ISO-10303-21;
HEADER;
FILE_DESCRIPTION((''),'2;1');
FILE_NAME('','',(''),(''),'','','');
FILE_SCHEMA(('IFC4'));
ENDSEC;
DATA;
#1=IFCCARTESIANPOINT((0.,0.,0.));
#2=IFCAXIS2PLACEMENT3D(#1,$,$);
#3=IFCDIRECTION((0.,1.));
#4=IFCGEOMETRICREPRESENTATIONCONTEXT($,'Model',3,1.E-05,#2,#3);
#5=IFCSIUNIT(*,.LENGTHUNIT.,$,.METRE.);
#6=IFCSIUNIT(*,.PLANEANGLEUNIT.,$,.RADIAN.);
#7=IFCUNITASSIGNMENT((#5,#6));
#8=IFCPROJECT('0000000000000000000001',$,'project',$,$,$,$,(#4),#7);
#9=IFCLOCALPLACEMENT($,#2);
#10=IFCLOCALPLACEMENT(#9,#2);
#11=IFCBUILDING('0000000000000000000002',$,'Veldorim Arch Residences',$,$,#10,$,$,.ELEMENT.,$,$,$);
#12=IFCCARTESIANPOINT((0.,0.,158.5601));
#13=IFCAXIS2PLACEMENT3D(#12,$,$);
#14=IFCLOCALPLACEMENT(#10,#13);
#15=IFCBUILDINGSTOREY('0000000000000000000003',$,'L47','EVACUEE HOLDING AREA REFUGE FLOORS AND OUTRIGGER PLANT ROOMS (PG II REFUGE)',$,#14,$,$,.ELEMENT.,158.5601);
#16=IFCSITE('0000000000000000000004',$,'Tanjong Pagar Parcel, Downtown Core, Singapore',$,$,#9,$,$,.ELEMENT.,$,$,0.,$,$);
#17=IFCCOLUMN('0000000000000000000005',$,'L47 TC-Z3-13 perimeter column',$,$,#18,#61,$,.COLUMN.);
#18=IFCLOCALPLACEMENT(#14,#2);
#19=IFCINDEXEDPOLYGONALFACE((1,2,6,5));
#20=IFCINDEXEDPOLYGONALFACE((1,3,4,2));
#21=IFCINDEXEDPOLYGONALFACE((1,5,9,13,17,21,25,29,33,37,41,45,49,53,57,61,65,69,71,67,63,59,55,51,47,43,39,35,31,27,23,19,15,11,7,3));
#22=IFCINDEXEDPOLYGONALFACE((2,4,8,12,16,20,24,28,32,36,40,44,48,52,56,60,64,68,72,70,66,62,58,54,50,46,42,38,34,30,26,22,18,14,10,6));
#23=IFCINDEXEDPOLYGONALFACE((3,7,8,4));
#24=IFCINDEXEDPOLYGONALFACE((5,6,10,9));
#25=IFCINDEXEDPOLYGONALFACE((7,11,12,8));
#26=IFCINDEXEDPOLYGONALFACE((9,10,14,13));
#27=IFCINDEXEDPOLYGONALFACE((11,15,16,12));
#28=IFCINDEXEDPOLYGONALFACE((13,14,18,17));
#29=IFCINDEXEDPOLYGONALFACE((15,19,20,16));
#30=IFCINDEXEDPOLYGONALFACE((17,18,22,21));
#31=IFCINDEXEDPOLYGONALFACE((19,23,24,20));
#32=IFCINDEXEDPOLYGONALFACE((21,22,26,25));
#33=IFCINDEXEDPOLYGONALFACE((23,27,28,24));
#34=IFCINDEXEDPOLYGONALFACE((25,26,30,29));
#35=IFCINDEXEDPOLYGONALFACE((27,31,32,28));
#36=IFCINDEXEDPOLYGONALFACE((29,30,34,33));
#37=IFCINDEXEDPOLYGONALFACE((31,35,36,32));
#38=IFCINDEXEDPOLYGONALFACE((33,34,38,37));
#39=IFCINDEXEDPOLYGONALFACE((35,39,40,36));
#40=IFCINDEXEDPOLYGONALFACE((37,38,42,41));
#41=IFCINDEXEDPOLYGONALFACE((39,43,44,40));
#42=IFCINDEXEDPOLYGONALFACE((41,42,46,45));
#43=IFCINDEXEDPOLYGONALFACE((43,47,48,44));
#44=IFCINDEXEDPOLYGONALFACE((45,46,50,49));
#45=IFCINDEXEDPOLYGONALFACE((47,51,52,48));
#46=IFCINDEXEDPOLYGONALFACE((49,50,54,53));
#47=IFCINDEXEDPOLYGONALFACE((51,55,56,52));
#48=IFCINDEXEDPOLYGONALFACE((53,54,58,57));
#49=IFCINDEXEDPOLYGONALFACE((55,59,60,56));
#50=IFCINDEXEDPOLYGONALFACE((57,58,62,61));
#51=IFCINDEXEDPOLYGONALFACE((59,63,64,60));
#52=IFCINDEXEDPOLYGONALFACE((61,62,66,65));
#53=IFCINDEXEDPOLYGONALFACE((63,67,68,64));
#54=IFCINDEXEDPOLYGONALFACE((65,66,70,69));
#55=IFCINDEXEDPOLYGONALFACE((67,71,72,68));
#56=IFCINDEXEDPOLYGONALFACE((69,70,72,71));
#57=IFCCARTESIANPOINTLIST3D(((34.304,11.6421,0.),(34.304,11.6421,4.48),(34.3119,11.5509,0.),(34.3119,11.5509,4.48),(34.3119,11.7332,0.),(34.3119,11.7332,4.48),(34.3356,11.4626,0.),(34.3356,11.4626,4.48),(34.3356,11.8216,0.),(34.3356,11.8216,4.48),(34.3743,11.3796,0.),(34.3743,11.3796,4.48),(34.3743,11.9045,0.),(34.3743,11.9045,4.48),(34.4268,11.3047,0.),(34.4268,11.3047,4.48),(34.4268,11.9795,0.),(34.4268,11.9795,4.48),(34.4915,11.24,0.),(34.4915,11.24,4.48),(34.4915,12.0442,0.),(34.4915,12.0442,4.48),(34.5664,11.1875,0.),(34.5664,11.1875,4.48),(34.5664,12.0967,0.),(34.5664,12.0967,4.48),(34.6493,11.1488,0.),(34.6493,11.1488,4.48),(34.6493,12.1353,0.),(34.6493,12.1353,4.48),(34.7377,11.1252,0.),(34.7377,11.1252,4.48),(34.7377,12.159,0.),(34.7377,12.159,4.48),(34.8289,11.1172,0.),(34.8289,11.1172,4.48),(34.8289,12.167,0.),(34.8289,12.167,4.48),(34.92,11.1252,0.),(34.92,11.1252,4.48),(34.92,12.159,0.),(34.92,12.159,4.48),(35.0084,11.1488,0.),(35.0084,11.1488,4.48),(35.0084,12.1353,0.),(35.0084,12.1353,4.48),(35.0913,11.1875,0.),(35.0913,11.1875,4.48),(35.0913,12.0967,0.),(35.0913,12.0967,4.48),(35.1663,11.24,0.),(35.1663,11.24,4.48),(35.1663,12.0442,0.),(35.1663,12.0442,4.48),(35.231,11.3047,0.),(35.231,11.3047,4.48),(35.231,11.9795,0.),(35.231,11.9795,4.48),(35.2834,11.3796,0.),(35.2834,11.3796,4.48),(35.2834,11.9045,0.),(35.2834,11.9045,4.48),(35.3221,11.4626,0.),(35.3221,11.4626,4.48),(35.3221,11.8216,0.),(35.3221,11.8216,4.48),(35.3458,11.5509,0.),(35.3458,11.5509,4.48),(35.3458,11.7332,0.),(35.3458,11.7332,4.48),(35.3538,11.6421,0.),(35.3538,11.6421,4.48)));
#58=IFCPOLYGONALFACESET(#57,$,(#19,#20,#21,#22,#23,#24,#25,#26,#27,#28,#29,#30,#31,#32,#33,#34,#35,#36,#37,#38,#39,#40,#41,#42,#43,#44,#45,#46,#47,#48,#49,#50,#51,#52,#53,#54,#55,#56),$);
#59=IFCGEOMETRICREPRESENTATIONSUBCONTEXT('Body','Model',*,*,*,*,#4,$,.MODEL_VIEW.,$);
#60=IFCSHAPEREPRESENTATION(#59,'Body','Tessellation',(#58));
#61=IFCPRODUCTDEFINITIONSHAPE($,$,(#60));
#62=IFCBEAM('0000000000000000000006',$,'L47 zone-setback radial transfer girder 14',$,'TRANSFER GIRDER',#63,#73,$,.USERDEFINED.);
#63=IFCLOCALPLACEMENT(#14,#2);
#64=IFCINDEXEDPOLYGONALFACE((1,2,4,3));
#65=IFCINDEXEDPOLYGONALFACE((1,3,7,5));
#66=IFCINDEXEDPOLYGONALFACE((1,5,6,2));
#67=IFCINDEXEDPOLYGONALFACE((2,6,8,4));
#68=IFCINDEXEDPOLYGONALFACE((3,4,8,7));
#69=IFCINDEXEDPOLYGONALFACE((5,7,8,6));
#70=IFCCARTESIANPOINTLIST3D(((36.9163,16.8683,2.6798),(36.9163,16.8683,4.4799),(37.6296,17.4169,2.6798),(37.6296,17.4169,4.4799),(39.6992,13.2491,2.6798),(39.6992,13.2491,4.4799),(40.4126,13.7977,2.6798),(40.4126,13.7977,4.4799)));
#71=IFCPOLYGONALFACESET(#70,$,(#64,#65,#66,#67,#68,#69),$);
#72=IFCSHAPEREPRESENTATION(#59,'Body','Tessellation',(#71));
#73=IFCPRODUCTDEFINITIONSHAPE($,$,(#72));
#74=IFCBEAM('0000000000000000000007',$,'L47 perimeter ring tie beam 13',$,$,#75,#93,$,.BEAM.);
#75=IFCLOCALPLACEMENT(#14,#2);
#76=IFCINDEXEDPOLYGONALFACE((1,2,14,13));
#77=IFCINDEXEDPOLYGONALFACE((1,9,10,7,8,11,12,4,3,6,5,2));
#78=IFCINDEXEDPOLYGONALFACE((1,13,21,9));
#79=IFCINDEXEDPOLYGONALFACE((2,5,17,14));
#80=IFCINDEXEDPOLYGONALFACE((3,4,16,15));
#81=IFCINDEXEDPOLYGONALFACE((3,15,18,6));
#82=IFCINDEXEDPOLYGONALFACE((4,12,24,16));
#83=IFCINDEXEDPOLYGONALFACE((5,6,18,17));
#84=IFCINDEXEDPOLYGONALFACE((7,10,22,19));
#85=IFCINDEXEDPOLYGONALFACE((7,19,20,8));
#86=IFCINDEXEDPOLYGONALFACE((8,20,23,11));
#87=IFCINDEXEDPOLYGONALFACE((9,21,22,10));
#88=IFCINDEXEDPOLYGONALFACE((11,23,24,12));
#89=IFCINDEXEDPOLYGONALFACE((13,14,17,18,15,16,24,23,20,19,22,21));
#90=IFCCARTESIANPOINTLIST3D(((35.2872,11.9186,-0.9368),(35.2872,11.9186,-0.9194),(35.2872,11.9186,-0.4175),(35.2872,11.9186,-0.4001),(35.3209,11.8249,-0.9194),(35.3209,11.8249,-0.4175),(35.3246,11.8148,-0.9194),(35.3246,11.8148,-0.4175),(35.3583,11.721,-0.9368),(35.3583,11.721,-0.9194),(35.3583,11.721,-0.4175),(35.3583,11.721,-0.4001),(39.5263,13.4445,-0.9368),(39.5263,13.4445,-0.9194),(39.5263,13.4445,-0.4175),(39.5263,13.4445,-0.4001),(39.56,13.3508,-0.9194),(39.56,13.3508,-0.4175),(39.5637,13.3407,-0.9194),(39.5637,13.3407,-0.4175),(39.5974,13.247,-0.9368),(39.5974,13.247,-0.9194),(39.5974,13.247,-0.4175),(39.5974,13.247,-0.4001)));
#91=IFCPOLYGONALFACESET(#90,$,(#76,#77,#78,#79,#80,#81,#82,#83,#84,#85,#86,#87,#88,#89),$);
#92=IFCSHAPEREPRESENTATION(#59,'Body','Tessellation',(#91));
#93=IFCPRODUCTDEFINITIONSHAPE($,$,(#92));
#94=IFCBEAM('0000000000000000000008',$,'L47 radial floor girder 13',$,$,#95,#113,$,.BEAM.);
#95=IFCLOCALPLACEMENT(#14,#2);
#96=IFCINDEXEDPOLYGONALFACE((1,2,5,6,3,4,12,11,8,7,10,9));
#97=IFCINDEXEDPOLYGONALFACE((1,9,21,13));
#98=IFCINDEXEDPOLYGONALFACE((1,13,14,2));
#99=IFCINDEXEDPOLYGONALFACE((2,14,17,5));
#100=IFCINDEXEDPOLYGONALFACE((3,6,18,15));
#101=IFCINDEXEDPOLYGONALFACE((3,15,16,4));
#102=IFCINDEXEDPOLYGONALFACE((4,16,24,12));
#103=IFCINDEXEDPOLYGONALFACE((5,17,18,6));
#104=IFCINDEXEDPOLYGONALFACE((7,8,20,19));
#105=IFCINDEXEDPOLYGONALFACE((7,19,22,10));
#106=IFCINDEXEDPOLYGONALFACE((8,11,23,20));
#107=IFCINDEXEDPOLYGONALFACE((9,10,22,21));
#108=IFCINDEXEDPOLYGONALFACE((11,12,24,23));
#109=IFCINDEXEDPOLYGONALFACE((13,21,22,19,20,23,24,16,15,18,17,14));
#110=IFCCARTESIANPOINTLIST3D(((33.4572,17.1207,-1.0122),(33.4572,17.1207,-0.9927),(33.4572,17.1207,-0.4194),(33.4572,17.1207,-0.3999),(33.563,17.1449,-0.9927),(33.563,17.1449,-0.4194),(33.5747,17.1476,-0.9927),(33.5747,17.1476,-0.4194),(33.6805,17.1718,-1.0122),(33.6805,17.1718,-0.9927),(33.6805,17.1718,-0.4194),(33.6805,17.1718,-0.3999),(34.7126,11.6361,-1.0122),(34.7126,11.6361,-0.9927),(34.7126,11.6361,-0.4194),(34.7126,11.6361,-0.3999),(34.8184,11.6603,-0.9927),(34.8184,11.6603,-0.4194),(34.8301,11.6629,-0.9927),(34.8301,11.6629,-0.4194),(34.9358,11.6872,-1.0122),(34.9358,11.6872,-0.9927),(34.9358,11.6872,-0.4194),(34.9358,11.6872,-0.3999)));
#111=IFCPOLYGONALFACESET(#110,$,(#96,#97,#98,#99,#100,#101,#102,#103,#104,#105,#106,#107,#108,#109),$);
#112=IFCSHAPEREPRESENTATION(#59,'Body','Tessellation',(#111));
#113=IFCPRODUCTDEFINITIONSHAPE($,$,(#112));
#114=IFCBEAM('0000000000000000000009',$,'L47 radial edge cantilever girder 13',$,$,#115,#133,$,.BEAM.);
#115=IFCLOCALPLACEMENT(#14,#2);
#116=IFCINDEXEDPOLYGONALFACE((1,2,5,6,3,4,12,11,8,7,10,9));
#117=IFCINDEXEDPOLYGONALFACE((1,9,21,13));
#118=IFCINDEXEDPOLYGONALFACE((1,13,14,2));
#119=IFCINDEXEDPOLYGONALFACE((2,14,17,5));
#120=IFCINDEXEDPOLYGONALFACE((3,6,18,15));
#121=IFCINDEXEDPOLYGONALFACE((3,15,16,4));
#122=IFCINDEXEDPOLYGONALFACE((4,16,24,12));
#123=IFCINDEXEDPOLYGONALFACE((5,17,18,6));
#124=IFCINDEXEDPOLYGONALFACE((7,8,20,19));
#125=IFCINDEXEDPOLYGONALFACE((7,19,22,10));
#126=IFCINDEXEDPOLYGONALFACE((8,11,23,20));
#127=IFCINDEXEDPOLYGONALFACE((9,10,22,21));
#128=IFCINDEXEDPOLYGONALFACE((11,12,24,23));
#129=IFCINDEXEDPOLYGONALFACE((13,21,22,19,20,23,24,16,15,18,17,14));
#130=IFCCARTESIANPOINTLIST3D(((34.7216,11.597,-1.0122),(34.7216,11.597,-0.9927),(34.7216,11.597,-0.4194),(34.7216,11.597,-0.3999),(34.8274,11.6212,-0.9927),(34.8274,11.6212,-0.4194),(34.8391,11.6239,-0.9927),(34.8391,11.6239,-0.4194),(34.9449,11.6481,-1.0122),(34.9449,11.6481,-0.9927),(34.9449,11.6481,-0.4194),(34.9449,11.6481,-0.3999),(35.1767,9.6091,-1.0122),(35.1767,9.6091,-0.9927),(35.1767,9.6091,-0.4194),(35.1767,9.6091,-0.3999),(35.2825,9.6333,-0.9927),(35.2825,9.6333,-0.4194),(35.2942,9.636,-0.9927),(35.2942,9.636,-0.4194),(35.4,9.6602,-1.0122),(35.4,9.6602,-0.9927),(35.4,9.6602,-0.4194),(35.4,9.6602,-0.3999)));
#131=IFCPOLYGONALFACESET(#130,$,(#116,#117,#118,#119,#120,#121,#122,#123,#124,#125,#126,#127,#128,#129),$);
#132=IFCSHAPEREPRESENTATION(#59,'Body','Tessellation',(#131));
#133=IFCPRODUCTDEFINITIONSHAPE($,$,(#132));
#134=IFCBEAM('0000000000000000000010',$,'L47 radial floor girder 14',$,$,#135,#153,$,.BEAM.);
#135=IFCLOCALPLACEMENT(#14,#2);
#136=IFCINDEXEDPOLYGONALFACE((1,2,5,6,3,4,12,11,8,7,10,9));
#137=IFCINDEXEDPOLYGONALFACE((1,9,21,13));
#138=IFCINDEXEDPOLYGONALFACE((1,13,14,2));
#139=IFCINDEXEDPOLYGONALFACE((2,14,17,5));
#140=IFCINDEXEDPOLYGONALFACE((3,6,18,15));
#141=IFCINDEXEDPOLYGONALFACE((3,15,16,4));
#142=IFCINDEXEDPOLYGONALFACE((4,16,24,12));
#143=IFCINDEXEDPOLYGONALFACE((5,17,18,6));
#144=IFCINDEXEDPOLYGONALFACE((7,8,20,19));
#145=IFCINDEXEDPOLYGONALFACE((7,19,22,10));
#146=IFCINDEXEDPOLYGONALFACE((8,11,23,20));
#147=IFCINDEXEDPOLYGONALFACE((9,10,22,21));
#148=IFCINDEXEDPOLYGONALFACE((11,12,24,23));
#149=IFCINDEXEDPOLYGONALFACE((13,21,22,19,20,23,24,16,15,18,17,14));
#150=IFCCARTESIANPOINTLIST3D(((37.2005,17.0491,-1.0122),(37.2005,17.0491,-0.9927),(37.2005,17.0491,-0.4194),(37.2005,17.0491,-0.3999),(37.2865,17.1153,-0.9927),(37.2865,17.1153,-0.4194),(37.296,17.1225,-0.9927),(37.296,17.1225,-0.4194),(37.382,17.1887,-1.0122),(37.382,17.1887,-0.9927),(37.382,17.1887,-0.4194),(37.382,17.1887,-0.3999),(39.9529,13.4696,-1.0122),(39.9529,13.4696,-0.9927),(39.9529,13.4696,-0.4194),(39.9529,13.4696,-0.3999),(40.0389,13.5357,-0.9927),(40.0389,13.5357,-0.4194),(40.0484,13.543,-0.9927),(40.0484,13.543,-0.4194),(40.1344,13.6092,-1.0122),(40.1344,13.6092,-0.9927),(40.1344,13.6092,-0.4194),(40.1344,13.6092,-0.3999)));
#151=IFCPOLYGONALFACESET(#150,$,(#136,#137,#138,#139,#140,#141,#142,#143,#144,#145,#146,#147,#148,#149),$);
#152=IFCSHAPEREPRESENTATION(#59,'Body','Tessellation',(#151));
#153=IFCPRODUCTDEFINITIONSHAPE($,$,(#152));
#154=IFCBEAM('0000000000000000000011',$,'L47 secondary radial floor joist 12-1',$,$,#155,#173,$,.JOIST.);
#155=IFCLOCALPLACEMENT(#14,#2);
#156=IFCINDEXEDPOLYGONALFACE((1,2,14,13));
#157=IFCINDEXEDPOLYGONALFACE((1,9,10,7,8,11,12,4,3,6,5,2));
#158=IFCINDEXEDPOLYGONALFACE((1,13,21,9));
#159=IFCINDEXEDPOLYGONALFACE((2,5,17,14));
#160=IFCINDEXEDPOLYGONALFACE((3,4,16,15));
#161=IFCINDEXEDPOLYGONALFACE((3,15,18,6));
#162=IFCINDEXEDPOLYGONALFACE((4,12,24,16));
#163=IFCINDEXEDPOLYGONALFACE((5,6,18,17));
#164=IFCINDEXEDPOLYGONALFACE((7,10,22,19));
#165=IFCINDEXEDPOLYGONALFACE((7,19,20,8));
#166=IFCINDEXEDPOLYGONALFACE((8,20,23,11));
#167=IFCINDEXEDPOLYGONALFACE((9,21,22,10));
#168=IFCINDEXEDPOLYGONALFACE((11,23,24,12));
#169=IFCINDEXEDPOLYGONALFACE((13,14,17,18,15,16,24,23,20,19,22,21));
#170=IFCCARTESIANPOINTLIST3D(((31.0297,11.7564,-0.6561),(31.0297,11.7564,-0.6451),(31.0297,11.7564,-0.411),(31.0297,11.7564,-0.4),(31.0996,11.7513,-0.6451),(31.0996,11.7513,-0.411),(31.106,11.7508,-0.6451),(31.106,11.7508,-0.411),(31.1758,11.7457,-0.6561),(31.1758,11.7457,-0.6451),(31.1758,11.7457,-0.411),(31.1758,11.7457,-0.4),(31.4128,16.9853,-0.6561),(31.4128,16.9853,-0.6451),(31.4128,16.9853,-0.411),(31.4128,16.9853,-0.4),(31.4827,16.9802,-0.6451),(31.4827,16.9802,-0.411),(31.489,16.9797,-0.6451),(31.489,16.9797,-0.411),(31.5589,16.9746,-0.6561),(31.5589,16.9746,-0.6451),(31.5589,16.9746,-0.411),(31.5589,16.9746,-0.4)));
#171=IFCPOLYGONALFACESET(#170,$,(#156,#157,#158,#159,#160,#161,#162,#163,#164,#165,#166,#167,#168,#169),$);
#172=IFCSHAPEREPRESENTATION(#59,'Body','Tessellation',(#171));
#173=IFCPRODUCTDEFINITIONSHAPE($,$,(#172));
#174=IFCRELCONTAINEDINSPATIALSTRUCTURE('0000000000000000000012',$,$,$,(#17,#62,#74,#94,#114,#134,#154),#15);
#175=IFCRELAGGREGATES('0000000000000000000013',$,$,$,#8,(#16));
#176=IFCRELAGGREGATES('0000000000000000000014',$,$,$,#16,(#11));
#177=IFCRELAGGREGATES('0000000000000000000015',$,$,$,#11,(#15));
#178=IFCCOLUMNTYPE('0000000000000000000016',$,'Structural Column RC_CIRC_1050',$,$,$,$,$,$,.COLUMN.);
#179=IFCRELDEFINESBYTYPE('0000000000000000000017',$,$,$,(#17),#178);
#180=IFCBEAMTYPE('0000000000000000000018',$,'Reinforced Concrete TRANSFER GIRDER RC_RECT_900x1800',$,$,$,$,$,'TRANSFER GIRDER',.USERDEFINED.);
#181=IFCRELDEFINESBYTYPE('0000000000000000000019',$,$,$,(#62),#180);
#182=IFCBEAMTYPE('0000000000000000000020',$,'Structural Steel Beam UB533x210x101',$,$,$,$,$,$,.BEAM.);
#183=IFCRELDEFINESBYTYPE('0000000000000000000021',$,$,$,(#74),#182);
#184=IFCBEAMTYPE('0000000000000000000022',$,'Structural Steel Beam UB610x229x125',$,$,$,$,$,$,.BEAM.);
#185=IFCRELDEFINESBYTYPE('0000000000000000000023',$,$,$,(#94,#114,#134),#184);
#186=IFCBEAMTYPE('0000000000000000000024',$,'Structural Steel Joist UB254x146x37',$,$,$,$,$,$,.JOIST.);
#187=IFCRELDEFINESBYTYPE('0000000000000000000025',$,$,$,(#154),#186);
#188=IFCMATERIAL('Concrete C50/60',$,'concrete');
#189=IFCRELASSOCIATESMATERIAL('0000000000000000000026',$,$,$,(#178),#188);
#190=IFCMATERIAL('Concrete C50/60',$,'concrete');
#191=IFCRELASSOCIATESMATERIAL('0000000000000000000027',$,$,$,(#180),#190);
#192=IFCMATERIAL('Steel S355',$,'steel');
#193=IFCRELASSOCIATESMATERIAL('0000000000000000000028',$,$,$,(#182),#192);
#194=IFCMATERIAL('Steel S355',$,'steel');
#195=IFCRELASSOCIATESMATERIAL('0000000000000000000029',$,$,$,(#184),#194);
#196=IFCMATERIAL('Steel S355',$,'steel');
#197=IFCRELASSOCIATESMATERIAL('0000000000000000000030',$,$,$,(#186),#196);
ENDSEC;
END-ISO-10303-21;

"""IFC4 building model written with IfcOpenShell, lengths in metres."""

from ifc_helpers import new_model, si_unit, direction, frame, origin, origin_2d, place, context, subcontext, project, spatial, rectangle, circle, i_section, extrude, material, material_profile, profile_set, type_object, element, save


model = new_model("IFC4")

# Units and contexts
model_context = context("Model", 3, precision=1e-05, world=origin(), true_north=direction((0.0, 1.0)))
body_context = subcontext(model_context, "Body", "Model", "MODEL_VIEW")
ifc_project = project(units=[si_unit("LENGTHUNIT", "METRE"), si_unit("PLANEANGLEUNIT", "RADIAN")], contexts=[model_context])

# Site, building, storey
site_placement = place(None, origin())
site = spatial("IfcSite", under=ifc_project, at=site_placement, Name="Tanjong Pagar Parcel, Downtown Core, Singapore", CompositionType="ELEMENT", RefElevation=0.0)
building_placement = place(site_placement, origin())
building = spatial("IfcBuilding", under=site, at=building_placement, Name="Veldorim Arch Residences", CompositionType="ELEMENT")
storey_placement = place(building_placement, frame((0.0, 0.0, 158.5601)))
storey = spatial("IfcBuildingStorey", under=building, at=storey_placement, Name="L47", Description="EVACUEE HOLDING AREA REFUGE FLOORS AND OUTRIGGER PLANT ROOMS (PG II REFUGE)", CompositionType="ELEMENT", Elevation=158.5601)

# Column
ifc_material_1 = material(Name="Concrete C50/60", Category="concrete")
ifc_material_profile_1 = material_profile(ifc_material_1, circle(Radius=0.5249, at=origin_2d()), Name="RC_CIRC_1050")
ifc_profile_set_1 = profile_set([ifc_material_profile_1], Name="Concrete C50/60")
column_type = type_object("IfcColumnType", Name="Structural Column RC_CIRC_1050", PredefinedType="COLUMN", material=ifc_profile_set_1)
column_placement = place(storey_placement, frame((34.8289, 11.6421, 0.0), z_axis=(0.0, 0.0, 1.0), x_axis=(1.0, 0.0, 0.0)))
element("IfcColumn", 1, at=column_placement, inside=storey, type_object=column_type, Name="L47 TC-Z3-13 perimeter column", PredefinedType="COLUMN", context=body_context, shape_type="SweptSolid", body=[
    extrude(circle(Radius=0.5249, at=origin_2d()), origin(), (0.0, 0.0, 1.0), 4.48),
])

# Beams
ifc_material_2 = material(Name="Concrete C50/60", Category="concrete")
ifc_material_profile_2 = material_profile(ifc_material_2, rectangle(XDim=0.8999, YDim=1.8, at=origin_2d()), Name="RC_RECT_900x1800")
ifc_profile_set_2 = profile_set([ifc_material_profile_2], Name="Concrete C50/60")
beam_type_1 = type_object("IfcBeamType", Name="Reinforced Concrete TRANSFER GIRDER RC_RECT_900x1800", ElementType="TRANSFER GIRDER", PredefinedType="USERDEFINED", material=ifc_profile_set_2)
beam_1_placement = place(storey_placement, frame((37.2729, 17.1426, 3.5798), z_axis=(0.609574, -0.792729, 0.0), x_axis=(0.792729, 0.609574, 0.0)))
element("IfcBeam", 2, at=beam_1_placement, inside=storey, type_object=beam_type_1, Name="L47 zone-setback radial transfer girder 14", ObjectType="TRANSFER GIRDER", PredefinedType="USERDEFINED", context=body_context, shape_type="SweptSolid", body=[
    extrude(rectangle(XDim=0.8999, YDim=1.8, at=origin_2d()), origin(), (0.0, 0.0, 1.0), 4.5654),
])
ifc_material_3 = material(Name="Steel S355", Category="steel")
ifc_material_profile_3 = material_profile(ifc_material_3, i_section(OverallWidth=0.21, OverallDepth=0.5366, WebThickness=0.0107, FlangeThickness=0.0173, at=origin_2d()), Name="UB533x210x101")
ifc_profile_set_3 = profile_set([ifc_material_profile_3], Name="Steel S355")
beam_type_2 = type_object("IfcBeamType", Name="Structural Steel Beam UB533x210x101", PredefinedType="BEAM", material=ifc_profile_set_3)
beam_2_placement = place(storey_placement, frame((35.3228, 11.8198, -0.6685), z_axis=(0.940899, 0.338687, 0.0), x_axis=(-0.338687, 0.940899, 0.0)))
element("IfcBeam", 3, at=beam_2_placement, inside=storey, type_object=beam_type_2, Name="L47 perimeter ring tie beam 13", PredefinedType="BEAM", context=body_context, shape_type="SweptSolid", body=[
    extrude(i_section(OverallWidth=0.21, OverallDepth=0.5366, WebThickness=0.0107, FlangeThickness=0.0173, at=origin_2d()), origin(), (0.0, 0.0, 1.0), 4.5054),
])
ifc_material_4 = material(Name="Steel S355", Category="steel")
ifc_material_profile_4 = material_profile(ifc_material_4, i_section(OverallWidth=0.229, OverallDepth=0.6123, WebThickness=0.012, FlangeThickness=0.0195, at=origin_2d()), Name="UB610x229x125")
ifc_profile_set_4 = profile_set([ifc_material_profile_4], Name="Steel S355")
beam_type_3 = type_object("IfcBeamType", Name="Structural Steel Beam UB610x229x125", PredefinedType="BEAM", material=ifc_profile_set_4)
beam_3_placement = place(storey_placement, frame((33.5688, 17.1462, -0.7061), z_axis=(0.223119, -0.974791, 0.0), x_axis=(0.974791, 0.223119, 0.0)))
element("IfcBeam", 4, at=beam_3_placement, inside=storey, type_object=beam_type_3, Name="L47 radial floor girder 13", PredefinedType="BEAM", context=body_context, shape_type="SweptSolid", body=[
    extrude(i_section(OverallWidth=0.229, OverallDepth=0.6123, WebThickness=0.012, FlangeThickness=0.0195, at=origin_2d()), origin(), (0.0, 0.0, 1.0), 5.6265),
])
beam_4_placement = place(storey_placement, frame((34.8333, 11.6226, -0.7061), z_axis=(0.223163, -0.974781, 0.0), x_axis=(0.974781, 0.223163, 0.0)))
element("IfcBeam", 5, at=beam_4_placement, inside=storey, type_object=beam_type_3, Name="L47 radial edge cantilever girder 13", PredefinedType="BEAM", context=body_context, shape_type="SweptSolid", body=[
    extrude(i_section(OverallWidth=0.229, OverallDepth=0.6123, WebThickness=0.012, FlangeThickness=0.0195, at=origin_2d()), origin(), (0.0, 0.0, 1.0), 2.0393),
])
beam_5_placement = place(storey_placement, frame((37.2913, 17.1189, -0.7061), z_axis=(0.609559, -0.792741, 0.0), x_axis=(0.792741, 0.609559, 0.0)))
element("IfcBeam", 6, at=beam_5_placement, inside=storey, type_object=beam_type_3, Name="L47 radial floor girder 14", PredefinedType="BEAM", context=body_context, shape_type="SweptSolid", body=[
    extrude(i_section(OverallWidth=0.229, OverallDepth=0.6123, WebThickness=0.012, FlangeThickness=0.0195, at=origin_2d()), origin(), (0.0, 0.0, 1.0), 4.5154),
])
ifc_material_5 = material(Name="Steel S355", Category="steel")
ifc_material_profile_5 = material_profile(ifc_material_5, i_section(OverallWidth=0.1465, OverallDepth=0.2561, WebThickness=0.0063, FlangeThickness=0.011, at=origin_2d()), Name="UB254x146x37")
ifc_profile_set_5 = profile_set([ifc_material_profile_5], Name="Steel S355")
beam_type_4 = type_object("IfcBeamType", Name="Structural Steel Joist UB254x146x37", PredefinedType="JOIST", material=ifc_profile_set_5)
for number, where, z_axis, x_axis, name in (
    (7, (31.4858, 16.98, -0.5281), (-0.07306, -0.997328, 0.0), (0.997328, -0.07306, 0.0), "L47 secondary radial floor joist 12-1"),
):
    element("IfcBeam", number, at=place(storey_placement, frame(where, z_axis=z_axis, x_axis=x_axis)), inside=storey, type_object=beam_type_4, Name=name, PredefinedType="JOIST", context=body_context, shape_type="SweptSolid", body=[
        extrude(i_section(OverallWidth=0.1465, OverallDepth=0.2561, WebThickness=0.0063, FlangeThickness=0.011, at=origin_2d()), origin(), (0.0, 0.0, 1.0), 5.2429),
    ])

save(model, "model.ifc")
